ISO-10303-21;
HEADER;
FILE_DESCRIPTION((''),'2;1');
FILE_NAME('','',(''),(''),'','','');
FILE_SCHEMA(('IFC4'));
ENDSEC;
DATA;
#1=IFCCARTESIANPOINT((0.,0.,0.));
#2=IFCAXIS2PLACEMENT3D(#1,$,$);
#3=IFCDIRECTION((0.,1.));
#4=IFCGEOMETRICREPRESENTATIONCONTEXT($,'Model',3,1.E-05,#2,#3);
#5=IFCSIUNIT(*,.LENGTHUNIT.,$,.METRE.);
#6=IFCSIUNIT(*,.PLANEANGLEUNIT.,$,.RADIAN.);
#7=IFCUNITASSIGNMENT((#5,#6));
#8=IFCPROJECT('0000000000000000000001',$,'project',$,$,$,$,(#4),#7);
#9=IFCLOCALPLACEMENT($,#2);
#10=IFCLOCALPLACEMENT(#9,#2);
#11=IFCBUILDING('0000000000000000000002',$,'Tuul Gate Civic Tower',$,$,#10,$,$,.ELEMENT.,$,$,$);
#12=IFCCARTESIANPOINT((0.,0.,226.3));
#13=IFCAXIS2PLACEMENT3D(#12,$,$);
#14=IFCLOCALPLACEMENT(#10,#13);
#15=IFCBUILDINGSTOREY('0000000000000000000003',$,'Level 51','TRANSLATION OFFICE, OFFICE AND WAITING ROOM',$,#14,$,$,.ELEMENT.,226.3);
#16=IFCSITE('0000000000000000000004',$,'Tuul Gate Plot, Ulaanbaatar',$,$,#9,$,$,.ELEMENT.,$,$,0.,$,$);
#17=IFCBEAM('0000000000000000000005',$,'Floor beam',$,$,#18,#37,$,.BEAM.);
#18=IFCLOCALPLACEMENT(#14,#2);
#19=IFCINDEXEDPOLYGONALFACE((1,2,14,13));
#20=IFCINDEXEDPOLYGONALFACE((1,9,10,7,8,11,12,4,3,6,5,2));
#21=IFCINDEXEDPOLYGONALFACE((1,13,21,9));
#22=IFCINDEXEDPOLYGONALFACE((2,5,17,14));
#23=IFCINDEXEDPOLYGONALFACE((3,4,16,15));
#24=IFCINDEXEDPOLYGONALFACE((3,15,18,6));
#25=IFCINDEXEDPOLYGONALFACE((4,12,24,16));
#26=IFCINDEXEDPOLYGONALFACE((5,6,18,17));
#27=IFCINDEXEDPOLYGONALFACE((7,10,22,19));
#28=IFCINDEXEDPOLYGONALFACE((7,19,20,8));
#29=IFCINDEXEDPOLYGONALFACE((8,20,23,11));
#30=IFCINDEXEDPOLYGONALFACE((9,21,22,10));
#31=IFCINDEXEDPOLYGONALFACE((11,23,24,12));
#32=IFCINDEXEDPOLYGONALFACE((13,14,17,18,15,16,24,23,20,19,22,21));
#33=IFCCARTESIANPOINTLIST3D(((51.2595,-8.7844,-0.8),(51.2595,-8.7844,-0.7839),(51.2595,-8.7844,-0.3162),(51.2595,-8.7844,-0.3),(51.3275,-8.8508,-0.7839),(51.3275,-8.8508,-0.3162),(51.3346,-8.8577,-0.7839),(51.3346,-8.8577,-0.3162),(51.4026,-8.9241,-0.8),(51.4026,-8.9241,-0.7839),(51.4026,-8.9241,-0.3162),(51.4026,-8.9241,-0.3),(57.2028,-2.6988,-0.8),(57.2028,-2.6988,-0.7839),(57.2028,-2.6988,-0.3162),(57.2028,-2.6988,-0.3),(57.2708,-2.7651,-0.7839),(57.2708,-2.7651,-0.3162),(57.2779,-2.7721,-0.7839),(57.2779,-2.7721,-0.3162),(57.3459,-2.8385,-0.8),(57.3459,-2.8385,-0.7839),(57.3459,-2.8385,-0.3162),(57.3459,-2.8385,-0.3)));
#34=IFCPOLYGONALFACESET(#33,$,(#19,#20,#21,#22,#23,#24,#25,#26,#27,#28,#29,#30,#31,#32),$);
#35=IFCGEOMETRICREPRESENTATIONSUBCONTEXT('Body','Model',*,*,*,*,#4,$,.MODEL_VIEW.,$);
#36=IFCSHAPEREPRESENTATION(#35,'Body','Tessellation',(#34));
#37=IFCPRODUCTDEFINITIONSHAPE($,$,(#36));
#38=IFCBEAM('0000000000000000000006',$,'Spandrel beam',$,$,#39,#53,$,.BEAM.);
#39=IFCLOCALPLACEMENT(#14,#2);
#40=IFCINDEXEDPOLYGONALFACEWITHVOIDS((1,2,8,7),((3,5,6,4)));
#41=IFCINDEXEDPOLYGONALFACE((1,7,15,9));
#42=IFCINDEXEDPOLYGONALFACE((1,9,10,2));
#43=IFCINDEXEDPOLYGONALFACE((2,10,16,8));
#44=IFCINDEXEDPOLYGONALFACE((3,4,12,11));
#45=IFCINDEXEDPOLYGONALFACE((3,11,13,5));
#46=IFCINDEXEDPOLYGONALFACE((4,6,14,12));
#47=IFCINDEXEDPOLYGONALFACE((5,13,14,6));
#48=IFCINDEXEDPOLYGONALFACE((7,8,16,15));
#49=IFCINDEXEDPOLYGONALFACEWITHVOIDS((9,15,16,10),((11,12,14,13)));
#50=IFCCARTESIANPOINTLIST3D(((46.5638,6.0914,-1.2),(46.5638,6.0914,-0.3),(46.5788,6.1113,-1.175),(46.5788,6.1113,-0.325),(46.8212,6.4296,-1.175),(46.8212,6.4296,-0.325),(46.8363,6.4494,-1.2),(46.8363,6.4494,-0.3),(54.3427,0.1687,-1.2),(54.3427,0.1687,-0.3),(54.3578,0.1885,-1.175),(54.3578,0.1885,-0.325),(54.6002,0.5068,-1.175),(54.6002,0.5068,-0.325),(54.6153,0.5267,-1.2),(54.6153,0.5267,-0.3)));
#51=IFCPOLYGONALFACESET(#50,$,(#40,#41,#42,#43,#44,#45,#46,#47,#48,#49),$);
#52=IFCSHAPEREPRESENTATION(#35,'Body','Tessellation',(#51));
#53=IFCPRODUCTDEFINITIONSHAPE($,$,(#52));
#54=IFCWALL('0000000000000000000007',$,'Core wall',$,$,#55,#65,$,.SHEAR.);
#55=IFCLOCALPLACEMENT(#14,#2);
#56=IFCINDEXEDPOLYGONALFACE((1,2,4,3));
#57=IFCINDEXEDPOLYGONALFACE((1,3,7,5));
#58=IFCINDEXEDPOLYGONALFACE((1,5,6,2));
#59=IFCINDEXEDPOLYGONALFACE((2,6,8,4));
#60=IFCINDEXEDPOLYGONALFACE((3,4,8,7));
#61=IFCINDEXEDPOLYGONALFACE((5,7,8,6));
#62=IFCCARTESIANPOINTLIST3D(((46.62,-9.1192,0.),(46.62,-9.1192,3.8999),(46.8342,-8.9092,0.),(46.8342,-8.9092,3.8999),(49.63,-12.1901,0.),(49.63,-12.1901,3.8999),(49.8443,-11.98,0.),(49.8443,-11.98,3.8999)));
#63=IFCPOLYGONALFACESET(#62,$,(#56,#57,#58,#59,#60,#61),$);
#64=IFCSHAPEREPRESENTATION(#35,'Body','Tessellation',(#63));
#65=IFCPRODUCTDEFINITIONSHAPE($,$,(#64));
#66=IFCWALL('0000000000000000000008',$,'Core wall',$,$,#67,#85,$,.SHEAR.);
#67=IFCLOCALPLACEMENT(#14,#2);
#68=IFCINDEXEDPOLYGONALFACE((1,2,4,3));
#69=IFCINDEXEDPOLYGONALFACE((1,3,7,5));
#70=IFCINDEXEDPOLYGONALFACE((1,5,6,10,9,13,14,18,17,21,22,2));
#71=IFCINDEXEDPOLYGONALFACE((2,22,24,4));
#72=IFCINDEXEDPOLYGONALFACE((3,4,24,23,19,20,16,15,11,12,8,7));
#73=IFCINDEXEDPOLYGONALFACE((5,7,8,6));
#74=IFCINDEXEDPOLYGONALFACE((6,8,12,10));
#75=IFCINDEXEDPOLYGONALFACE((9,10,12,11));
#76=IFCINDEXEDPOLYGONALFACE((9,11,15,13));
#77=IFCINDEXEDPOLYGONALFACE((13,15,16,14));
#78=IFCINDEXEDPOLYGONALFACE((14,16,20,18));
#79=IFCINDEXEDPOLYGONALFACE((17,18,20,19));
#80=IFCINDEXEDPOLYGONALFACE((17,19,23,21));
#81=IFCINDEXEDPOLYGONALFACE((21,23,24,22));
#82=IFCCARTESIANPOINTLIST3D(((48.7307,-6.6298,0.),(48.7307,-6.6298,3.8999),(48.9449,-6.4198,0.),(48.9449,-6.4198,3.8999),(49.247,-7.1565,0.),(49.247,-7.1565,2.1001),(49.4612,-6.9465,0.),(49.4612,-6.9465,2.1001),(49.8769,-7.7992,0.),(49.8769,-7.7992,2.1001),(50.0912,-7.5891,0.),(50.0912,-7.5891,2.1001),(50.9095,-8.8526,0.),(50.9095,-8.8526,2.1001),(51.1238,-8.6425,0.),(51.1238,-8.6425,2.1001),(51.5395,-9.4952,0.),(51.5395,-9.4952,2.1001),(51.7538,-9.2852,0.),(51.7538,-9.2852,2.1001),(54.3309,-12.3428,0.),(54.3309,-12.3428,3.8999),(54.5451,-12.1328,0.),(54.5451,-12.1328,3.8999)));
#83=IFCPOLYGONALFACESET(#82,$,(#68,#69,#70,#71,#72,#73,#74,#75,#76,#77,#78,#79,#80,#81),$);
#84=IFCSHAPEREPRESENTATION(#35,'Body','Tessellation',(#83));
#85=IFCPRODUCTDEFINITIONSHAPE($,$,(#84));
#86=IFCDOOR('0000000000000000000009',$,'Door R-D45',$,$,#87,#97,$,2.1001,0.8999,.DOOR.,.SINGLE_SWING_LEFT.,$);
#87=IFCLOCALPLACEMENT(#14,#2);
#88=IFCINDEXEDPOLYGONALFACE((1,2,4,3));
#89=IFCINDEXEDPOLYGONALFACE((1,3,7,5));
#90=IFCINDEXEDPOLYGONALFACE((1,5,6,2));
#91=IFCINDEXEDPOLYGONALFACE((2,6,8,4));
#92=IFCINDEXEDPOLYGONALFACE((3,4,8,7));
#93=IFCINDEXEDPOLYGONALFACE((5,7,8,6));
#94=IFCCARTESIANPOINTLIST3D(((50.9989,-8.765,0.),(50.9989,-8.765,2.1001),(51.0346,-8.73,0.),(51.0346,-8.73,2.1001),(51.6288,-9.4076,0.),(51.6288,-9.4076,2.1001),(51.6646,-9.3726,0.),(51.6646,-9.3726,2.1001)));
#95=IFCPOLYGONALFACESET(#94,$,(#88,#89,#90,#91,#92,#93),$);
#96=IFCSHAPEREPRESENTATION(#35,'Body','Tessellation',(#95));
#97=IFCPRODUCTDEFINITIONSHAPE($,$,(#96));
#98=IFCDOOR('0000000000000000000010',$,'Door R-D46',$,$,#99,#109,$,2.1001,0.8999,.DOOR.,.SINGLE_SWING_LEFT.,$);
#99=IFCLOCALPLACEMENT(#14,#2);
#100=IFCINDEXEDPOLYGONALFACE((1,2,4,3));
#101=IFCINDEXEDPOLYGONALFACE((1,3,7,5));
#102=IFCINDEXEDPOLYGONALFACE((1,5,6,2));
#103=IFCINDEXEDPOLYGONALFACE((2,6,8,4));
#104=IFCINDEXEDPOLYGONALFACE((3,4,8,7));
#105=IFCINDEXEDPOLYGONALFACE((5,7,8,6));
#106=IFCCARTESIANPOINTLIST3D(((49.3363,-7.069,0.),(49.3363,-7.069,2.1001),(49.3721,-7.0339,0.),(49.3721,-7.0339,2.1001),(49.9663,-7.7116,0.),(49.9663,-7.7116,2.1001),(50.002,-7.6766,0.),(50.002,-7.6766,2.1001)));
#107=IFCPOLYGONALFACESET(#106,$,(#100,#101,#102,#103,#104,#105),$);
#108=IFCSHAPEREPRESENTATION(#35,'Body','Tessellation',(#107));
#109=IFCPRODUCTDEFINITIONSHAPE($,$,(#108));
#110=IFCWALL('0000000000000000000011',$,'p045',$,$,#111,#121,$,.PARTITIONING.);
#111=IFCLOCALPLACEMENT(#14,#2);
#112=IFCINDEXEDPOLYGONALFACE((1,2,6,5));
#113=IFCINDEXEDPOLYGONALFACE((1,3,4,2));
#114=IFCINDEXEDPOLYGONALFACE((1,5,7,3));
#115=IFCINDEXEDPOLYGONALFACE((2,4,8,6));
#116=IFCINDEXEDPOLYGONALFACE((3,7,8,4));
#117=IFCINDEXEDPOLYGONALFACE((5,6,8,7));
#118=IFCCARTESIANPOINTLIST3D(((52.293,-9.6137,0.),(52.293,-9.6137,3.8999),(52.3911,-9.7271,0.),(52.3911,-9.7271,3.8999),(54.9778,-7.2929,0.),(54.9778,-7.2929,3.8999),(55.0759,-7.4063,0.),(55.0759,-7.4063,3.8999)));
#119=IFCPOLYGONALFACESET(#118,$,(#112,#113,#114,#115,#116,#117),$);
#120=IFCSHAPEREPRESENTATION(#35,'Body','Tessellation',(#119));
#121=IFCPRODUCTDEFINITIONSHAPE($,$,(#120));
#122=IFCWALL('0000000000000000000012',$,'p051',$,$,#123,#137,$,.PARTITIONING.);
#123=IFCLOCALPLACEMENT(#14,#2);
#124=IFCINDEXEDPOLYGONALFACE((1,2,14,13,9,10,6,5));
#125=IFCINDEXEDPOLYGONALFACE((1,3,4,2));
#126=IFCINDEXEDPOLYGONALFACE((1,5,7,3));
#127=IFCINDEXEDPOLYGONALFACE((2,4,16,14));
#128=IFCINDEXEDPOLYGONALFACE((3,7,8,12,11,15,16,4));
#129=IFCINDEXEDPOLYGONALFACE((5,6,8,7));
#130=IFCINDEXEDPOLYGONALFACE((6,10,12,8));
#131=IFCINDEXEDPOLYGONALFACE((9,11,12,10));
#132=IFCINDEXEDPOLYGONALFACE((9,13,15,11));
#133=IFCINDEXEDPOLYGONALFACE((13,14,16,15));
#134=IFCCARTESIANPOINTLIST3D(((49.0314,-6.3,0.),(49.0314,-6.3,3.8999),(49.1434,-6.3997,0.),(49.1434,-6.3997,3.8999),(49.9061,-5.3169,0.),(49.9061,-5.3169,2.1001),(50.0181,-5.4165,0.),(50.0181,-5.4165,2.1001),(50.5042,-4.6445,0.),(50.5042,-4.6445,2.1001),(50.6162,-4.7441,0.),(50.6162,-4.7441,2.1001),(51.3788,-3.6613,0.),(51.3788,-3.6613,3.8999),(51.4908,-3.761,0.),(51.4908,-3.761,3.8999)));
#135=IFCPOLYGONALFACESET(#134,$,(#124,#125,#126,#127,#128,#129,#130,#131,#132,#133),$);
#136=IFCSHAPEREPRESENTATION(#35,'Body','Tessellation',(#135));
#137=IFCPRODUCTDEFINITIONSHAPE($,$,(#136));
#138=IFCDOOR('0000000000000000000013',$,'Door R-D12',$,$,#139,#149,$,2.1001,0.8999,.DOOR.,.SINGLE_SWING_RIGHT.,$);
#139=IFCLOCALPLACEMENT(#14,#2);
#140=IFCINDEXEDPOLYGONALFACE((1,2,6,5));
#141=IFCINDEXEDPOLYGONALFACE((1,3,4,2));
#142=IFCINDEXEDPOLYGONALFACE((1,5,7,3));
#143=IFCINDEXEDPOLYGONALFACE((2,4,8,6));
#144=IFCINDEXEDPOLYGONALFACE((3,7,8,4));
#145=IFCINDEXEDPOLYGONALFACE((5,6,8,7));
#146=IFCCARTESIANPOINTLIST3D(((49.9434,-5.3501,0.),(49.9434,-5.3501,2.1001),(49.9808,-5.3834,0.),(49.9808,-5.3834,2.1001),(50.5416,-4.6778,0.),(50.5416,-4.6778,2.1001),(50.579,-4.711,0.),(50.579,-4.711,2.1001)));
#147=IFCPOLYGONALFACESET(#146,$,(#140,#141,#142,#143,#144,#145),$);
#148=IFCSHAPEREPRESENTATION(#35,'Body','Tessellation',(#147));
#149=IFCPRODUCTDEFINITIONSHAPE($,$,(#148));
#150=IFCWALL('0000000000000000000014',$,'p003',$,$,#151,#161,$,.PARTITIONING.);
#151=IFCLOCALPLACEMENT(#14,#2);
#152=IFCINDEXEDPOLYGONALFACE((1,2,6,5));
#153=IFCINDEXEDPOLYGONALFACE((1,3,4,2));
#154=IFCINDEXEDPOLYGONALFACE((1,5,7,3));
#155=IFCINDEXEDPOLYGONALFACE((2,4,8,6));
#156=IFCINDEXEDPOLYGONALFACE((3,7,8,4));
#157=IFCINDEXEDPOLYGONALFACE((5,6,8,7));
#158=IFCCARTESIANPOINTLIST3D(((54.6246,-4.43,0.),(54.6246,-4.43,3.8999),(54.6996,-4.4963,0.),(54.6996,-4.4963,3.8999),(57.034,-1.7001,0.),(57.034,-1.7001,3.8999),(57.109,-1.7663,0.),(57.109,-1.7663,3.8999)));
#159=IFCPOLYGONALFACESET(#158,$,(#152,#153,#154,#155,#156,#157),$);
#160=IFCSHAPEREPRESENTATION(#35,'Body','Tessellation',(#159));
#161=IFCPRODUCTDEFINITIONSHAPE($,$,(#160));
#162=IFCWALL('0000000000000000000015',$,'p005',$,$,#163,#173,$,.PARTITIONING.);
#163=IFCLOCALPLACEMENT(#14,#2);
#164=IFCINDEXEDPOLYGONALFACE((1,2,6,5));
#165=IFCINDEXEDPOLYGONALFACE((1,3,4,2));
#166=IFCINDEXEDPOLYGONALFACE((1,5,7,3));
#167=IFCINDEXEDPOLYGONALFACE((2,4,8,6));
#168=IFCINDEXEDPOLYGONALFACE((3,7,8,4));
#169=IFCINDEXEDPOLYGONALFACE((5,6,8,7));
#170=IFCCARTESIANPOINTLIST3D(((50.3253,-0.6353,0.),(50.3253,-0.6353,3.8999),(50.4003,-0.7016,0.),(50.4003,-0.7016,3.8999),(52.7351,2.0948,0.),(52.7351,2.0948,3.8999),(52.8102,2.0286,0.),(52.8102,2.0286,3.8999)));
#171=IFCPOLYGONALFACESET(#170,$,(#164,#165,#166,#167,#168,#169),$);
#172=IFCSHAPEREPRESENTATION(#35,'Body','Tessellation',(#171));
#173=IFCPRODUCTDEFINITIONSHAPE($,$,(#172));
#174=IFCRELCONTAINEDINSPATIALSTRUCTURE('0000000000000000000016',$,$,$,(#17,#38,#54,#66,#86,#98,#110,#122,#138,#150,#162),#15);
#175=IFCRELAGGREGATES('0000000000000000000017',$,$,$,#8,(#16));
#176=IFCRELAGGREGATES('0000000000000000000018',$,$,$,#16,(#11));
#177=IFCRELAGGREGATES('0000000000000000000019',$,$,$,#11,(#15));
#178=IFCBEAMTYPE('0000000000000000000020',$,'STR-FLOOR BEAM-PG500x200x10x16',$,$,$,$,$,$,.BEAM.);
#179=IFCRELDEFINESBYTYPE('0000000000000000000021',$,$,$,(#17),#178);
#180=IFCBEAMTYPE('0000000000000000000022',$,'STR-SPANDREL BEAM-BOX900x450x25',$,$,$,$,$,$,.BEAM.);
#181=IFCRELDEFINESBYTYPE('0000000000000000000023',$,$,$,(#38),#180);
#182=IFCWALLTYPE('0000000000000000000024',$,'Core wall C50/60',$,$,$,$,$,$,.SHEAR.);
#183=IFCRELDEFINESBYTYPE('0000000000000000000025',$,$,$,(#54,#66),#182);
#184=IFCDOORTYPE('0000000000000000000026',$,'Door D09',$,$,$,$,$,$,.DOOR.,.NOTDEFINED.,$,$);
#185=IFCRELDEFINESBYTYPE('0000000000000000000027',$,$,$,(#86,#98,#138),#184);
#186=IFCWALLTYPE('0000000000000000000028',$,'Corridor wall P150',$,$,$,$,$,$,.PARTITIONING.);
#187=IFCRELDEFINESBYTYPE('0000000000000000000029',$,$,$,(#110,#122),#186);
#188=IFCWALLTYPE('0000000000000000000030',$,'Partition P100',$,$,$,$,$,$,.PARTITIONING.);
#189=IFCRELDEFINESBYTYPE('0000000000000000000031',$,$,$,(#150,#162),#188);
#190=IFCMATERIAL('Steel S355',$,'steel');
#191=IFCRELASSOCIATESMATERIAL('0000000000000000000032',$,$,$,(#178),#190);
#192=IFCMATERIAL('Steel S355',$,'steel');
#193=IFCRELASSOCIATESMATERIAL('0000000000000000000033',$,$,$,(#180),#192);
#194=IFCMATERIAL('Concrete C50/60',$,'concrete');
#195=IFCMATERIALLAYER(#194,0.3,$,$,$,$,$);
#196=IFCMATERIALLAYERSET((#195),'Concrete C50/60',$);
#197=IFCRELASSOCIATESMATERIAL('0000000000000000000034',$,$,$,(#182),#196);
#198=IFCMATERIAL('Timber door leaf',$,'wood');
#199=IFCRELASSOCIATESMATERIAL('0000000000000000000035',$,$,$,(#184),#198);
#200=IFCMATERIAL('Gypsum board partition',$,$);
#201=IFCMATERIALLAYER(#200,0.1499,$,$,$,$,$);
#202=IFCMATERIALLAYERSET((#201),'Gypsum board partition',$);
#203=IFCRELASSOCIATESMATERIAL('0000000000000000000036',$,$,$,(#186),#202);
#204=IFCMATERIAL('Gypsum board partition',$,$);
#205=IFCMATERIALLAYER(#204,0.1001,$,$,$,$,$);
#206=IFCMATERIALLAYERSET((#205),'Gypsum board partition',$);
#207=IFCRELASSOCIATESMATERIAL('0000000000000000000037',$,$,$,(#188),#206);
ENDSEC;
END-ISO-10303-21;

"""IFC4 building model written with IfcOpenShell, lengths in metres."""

from ifc_helpers import new_model, si_unit, direction, frame, frame_2d, origin, origin_2d, place, context, subcontext, project, spatial, rectangle, hollow_rectangle, i_section, extrude, material, layer, layer_set, material_profile, profile_set, type_object, element, fill, save


model = new_model("IFC4")

# Units and contexts
model_context = context("Model", 3, precision=1e-05, world=origin(), true_north=direction((0.0, 1.0)))
body_context = subcontext(model_context, "Body", "Model", "MODEL_VIEW")
ifc_project = project(units=[si_unit("LENGTHUNIT", "METRE"), si_unit("PLANEANGLEUNIT", "RADIAN")], contexts=[model_context])

# Site, building, storey
site_placement = place(None, origin())
site = spatial("IfcSite", under=ifc_project, at=site_placement, Name="Tuul Gate Plot, Ulaanbaatar", CompositionType="ELEMENT", RefElevation=0.0)
building_placement = place(site_placement, origin())
building = spatial("IfcBuilding", under=site, at=building_placement, Name="Tuul Gate Civic Tower", CompositionType="ELEMENT")
storey_placement = place(building_placement, frame((0.0, 0.0, 226.3)))
storey = spatial("IfcBuildingStorey", under=building, at=storey_placement, Name="Level 51", Description="TRANSLATION OFFICE, OFFICE AND WAITING ROOM", CompositionType="ELEMENT", Elevation=226.3)

# Beams
ifc_material_1 = material(Name="Steel S355", Category="steel")
ifc_material_profile_1 = material_profile(ifc_material_1, i_section(OverallWidth=0.2, OverallDepth=0.5, WebThickness=0.01, FlangeThickness=0.0161, at=origin_2d()), Name="PG500x200x10x16")
ifc_profile_set_1 = profile_set([ifc_material_profile_1], Name="Steel S355")
beam_type_1 = type_object("IfcBeamType", Name="STR-FLOOR BEAM-PG500x200x10x16", PredefinedType="BEAM", material=ifc_profile_set_1)
beam_1_placement = place(storey_placement, frame((51.3311, -8.8542, -0.55), z_axis=(0.698691, 0.715424, 0.0), x_axis=(-0.715424, 0.698691, 0.0)))
element("IfcBeam", 1, at=beam_1_placement, inside=storey, type_object=beam_type_1, Name="Floor beam", PredefinedType="BEAM", context=body_context, shape_type="SweptSolid", body=[
    extrude(i_section(OverallWidth=0.2, OverallDepth=0.5, WebThickness=0.01, FlangeThickness=0.0161, at=origin_2d()), origin(), (0.0, 0.0, 1.0), 8.5063),
])
ifc_material_2 = material(Name="Steel S355", Category="steel")
ifc_material_profile_2 = material_profile(ifc_material_2, hollow_rectangle(XDim=0.45, YDim=0.8999, WallThickness=0.0249, at=origin_2d()), Name="BOX900x450x25")
ifc_profile_set_2 = profile_set([ifc_material_profile_2], Name="Steel S355")
beam_type_2 = type_object("IfcBeamType", Name="STR-SPANDREL BEAM-BOX900x450x25", PredefinedType="BEAM", material=ifc_profile_set_2)
beam_2_placement = place(storey_placement, frame((54.479, 0.3477, -0.75), z_axis=(-0.795631, 0.605781, 0.0), x_axis=(-0.605781, -0.795631, 0.0)))
element("IfcBeam", 2, at=beam_2_placement, inside=storey, type_object=beam_type_2, Name="Spandrel beam", PredefinedType="BEAM", context=body_context, shape_type="SweptSolid", body=[
    extrude(hollow_rectangle(XDim=0.45, YDim=0.8999, WallThickness=0.0249, at=origin_2d()), origin(), (0.0, 0.0, 1.0), 9.7771),
])

# Wall
ifc_material_3 = material(Name="Concrete C50/60", Category="concrete")
ifc_layer_1 = layer(ifc_material_3, 0.3)
ifc_layer_set_1 = layer_set([ifc_layer_1], Name="Concrete C50/60")
wall_type_1 = type_object("IfcWallType", Name="Core wall C50/60", PredefinedType="SHEAR", material=ifc_layer_set_1)
wall_1_placement = place(storey_placement, frame((49.7371, -12.085, 0.0), z_axis=(0.0, 0.0, 1.0), x_axis=(-0.700003, 0.71414, 0.0)))
element("IfcWall", 3, at=wall_1_placement, inside=storey, type_object=wall_type_1, Name="Core wall", PredefinedType="SHEAR", context=body_context, shape_type="SweptSolid", body=[
    extrude(rectangle(XDim=4.3, YDim=0.3, at=frame_2d((2.1499, 0.0))), origin(), (0.0, 0.0, 1.0), 3.8999),
])

# Wall, openings, doors
wall_2_placement = place(storey_placement, frame((54.438, -12.2378, 0.0), z_axis=(0.0, 0.0, 1.0), x_axis=(-0.700022, 0.714121, 0.0)))
wall_2 = element("IfcWall", 4, at=wall_2_placement, inside=storey, type_object=wall_type_1, Name="Core wall", PredefinedType="SHEAR", context=body_context, shape_type="SweptSolid", body=[
    extrude(rectangle(XDim=8.0, YDim=0.3, at=frame_2d((4.0, 0.0))), origin(), (0.0, 0.0, 1.0), 3.8999),
])
opening_1_placement = place(wall_2_placement, frame((3.9875, 0.0, 0.0)))
opening_1 = element("IfcOpeningElement", 5, at=opening_1_placement, cuts=wall_2, PredefinedType="OPENING", context=body_context, shape_type="SweptSolid", body=[
    extrude(rectangle(XDim=0.8999, YDim=2.1001, at=frame_2d((0.45, 1.05))), frame((0.0, 0.1602, 0.0), z_axis=(0.0, -1.0, 0.0), x_axis=(1.0, 0.0, 0.0)), (0.0, 0.0, 1.0), 0.3201),
])
opening_2_placement = place(wall_2_placement, frame((6.3625, 0.0, 0.0)))
opening_2 = element("IfcOpeningElement", 6, at=opening_2_placement, cuts=wall_2, PredefinedType="OPENING", context=body_context, shape_type="SweptSolid", body=[
    extrude(rectangle(XDim=0.8999, YDim=2.1001, at=frame_2d((0.45, 1.05))), frame((0.0, 0.1602, 0.0), z_axis=(0.0, -1.0, 0.0), x_axis=(1.0, 0.0, 0.0)), (0.0, 0.0, 1.0), 0.3201),
])
ifc_material_4 = material(Name="Timber door leaf", Category="wood")
door_type = type_object("IfcDoorType", Name="Door D09", OperationType="NOTDEFINED", PredefinedType="DOOR", material=ifc_material_4)
door_1_placement = place(opening_1_placement, origin())
door_1 = element("IfcDoor", 7, at=door_1_placement, inside=storey, type_object=door_type, Name="Door R-D45", OperationType="SINGLE_SWING_LEFT", OverallHeight=2.1001, OverallWidth=0.8999, PredefinedType="DOOR", context=body_context, shape_type="SweptSolid", body=[
    extrude(rectangle(XDim=0.8999, YDim=2.1001, at=frame_2d((0.45, 1.05))), frame((0.0, 0.0249, 0.0), z_axis=(0.0, -1.0, 0.0), x_axis=(1.0, 0.0, 0.0)), (0.0, 0.0, 1.0), 0.05),
])
fill(opening_1, door_1)
door_2_placement = place(opening_2_placement, origin())
door_2 = element("IfcDoor", 8, at=door_2_placement, inside=storey, type_object=door_type, Name="Door R-D46", OperationType="SINGLE_SWING_LEFT", OverallHeight=2.1001, OverallWidth=0.8999, PredefinedType="DOOR", context=body_context, shape_type="SweptSolid", body=[
    extrude(rectangle(XDim=0.8999, YDim=2.1001, at=frame_2d((0.45, 1.05))), frame((0.0, 0.0249, 0.0), z_axis=(0.0, -1.0, 0.0), x_axis=(1.0, 0.0, 0.0)), (0.0, 0.0, 1.0), 0.05),
])
fill(opening_2, door_2)

# Wall
ifc_material_5 = material(Name="Gypsum board partition")
ifc_layer_2 = layer(ifc_material_5, 0.1499)
ifc_layer_set_2 = layer_set([ifc_layer_2], Name="Gypsum board partition")
wall_type_2 = type_object("IfcWallType", Name="Corridor wall P150", PredefinedType="PARTITIONING", material=ifc_layer_set_2)
wall_3_placement = place(storey_placement, frame((52.342, -9.6704, 0.0), z_axis=(0.0, 0.0, 1.0), x_axis=(0.756531, 0.653958, 0.0)))
element("IfcWall", 9, at=wall_3_placement, inside=storey, type_object=wall_type_2, Name="p045", PredefinedType="PARTITIONING", context=body_context, shape_type="SweptSolid", body=[
    extrude(rectangle(XDim=3.5488, YDim=0.1499, at=frame_2d((1.7744, 0.0))), origin(), (0.0, 0.0, 1.0), 3.8999),
])

# Wall, opening, door
wall_4_placement = place(storey_placement, frame((49.0874, -6.3499, 0.0), z_axis=(0.0, 0.0, 1.0), x_axis=(0.664668, 0.747138, 0.0)))
wall_4 = element("IfcWall", 10, at=wall_4_placement, inside=storey, type_object=wall_type_2, Name="p051", PredefinedType="PARTITIONING", context=body_context, shape_type="SweptSolid", body=[
    extrude(rectangle(XDim=3.5317, YDim=0.1499, at=frame_2d((1.7659, 0.0))), origin(), (0.0, 0.0, 1.0), 3.8999),
])
opening_3_placement = place(wall_4_placement, frame((1.3159, 0.0, 0.0)))
opening_3 = element("IfcOpeningElement", 11, at=opening_3_placement, cuts=wall_4, PredefinedType="OPENING", context=body_context, shape_type="SweptSolid", body=[
    extrude(rectangle(XDim=0.8999, YDim=2.1001, at=frame_2d((0.45, 1.05))), frame((0.0, 0.085, 0.0), z_axis=(0.0, -1.0, 0.0), x_axis=(1.0, 0.0, 0.0)), (0.0, 0.0, 1.0), 0.1699),
])
door_3_placement = place(opening_3_placement, origin())
door_3 = element("IfcDoor", 12, at=door_3_placement, inside=storey, type_object=door_type, Name="Door R-D12", OperationType="SINGLE_SWING_RIGHT", OverallHeight=2.1001, OverallWidth=0.8999, PredefinedType="DOOR", context=body_context, shape_type="SweptSolid", body=[
    extrude(rectangle(XDim=0.8999, YDim=2.1001, at=frame_2d((0.45, 1.05))), frame((0.0, 0.0249, 0.0), z_axis=(0.0, -1.0, 0.0), x_axis=(1.0, 0.0, 0.0)), (0.0, 0.0, 1.0), 0.05),
])
fill(opening_3, door_3)

# Walls
ifc_material_6 = material(Name="Gypsum board partition")
ifc_layer_3 = layer(ifc_material_6, 0.1001)
ifc_layer_set_3 = layer_set([ifc_layer_3], Name="Gypsum board partition")
wall_type_3 = type_object("IfcWallType", Name="Partition P100", PredefinedType="PARTITIONING", material=ifc_layer_set_3)
wall_5_placement = place(storey_placement, frame((54.6621, -4.4631, 0.0), z_axis=(0.0, 0.0, 1.0), x_axis=(0.661717, 0.749754, 0.0)))
element("IfcWall", 13, at=wall_5_placement, inside=storey, type_object=wall_type_3, Name="p003", PredefinedType="PARTITIONING", context=body_context, shape_type="SweptSolid", body=[
    extrude(rectangle(XDim=3.6411, YDim=0.1001, at=frame_2d((1.8206, 0.0))), origin(), (0.0, 0.0, 1.0), 3.8999),
])
wall_6_placement = place(storey_placement, frame((50.3628, -0.6685, 0.0), z_axis=(0.0, 0.0, 1.0), x_axis=(0.661759, 0.749717, 0.0)))
element("IfcWall", 14, at=wall_6_placement, inside=storey, type_object=wall_type_3, Name="p005", PredefinedType="PARTITIONING", context=body_context, shape_type="SweptSolid", body=[
    extrude(rectangle(XDim=3.6416, YDim=0.1001, at=frame_2d((1.8208, 0.0))), origin(), (0.0, 0.0, 1.0), 3.8999),
])

save(model, "model.ifc")
